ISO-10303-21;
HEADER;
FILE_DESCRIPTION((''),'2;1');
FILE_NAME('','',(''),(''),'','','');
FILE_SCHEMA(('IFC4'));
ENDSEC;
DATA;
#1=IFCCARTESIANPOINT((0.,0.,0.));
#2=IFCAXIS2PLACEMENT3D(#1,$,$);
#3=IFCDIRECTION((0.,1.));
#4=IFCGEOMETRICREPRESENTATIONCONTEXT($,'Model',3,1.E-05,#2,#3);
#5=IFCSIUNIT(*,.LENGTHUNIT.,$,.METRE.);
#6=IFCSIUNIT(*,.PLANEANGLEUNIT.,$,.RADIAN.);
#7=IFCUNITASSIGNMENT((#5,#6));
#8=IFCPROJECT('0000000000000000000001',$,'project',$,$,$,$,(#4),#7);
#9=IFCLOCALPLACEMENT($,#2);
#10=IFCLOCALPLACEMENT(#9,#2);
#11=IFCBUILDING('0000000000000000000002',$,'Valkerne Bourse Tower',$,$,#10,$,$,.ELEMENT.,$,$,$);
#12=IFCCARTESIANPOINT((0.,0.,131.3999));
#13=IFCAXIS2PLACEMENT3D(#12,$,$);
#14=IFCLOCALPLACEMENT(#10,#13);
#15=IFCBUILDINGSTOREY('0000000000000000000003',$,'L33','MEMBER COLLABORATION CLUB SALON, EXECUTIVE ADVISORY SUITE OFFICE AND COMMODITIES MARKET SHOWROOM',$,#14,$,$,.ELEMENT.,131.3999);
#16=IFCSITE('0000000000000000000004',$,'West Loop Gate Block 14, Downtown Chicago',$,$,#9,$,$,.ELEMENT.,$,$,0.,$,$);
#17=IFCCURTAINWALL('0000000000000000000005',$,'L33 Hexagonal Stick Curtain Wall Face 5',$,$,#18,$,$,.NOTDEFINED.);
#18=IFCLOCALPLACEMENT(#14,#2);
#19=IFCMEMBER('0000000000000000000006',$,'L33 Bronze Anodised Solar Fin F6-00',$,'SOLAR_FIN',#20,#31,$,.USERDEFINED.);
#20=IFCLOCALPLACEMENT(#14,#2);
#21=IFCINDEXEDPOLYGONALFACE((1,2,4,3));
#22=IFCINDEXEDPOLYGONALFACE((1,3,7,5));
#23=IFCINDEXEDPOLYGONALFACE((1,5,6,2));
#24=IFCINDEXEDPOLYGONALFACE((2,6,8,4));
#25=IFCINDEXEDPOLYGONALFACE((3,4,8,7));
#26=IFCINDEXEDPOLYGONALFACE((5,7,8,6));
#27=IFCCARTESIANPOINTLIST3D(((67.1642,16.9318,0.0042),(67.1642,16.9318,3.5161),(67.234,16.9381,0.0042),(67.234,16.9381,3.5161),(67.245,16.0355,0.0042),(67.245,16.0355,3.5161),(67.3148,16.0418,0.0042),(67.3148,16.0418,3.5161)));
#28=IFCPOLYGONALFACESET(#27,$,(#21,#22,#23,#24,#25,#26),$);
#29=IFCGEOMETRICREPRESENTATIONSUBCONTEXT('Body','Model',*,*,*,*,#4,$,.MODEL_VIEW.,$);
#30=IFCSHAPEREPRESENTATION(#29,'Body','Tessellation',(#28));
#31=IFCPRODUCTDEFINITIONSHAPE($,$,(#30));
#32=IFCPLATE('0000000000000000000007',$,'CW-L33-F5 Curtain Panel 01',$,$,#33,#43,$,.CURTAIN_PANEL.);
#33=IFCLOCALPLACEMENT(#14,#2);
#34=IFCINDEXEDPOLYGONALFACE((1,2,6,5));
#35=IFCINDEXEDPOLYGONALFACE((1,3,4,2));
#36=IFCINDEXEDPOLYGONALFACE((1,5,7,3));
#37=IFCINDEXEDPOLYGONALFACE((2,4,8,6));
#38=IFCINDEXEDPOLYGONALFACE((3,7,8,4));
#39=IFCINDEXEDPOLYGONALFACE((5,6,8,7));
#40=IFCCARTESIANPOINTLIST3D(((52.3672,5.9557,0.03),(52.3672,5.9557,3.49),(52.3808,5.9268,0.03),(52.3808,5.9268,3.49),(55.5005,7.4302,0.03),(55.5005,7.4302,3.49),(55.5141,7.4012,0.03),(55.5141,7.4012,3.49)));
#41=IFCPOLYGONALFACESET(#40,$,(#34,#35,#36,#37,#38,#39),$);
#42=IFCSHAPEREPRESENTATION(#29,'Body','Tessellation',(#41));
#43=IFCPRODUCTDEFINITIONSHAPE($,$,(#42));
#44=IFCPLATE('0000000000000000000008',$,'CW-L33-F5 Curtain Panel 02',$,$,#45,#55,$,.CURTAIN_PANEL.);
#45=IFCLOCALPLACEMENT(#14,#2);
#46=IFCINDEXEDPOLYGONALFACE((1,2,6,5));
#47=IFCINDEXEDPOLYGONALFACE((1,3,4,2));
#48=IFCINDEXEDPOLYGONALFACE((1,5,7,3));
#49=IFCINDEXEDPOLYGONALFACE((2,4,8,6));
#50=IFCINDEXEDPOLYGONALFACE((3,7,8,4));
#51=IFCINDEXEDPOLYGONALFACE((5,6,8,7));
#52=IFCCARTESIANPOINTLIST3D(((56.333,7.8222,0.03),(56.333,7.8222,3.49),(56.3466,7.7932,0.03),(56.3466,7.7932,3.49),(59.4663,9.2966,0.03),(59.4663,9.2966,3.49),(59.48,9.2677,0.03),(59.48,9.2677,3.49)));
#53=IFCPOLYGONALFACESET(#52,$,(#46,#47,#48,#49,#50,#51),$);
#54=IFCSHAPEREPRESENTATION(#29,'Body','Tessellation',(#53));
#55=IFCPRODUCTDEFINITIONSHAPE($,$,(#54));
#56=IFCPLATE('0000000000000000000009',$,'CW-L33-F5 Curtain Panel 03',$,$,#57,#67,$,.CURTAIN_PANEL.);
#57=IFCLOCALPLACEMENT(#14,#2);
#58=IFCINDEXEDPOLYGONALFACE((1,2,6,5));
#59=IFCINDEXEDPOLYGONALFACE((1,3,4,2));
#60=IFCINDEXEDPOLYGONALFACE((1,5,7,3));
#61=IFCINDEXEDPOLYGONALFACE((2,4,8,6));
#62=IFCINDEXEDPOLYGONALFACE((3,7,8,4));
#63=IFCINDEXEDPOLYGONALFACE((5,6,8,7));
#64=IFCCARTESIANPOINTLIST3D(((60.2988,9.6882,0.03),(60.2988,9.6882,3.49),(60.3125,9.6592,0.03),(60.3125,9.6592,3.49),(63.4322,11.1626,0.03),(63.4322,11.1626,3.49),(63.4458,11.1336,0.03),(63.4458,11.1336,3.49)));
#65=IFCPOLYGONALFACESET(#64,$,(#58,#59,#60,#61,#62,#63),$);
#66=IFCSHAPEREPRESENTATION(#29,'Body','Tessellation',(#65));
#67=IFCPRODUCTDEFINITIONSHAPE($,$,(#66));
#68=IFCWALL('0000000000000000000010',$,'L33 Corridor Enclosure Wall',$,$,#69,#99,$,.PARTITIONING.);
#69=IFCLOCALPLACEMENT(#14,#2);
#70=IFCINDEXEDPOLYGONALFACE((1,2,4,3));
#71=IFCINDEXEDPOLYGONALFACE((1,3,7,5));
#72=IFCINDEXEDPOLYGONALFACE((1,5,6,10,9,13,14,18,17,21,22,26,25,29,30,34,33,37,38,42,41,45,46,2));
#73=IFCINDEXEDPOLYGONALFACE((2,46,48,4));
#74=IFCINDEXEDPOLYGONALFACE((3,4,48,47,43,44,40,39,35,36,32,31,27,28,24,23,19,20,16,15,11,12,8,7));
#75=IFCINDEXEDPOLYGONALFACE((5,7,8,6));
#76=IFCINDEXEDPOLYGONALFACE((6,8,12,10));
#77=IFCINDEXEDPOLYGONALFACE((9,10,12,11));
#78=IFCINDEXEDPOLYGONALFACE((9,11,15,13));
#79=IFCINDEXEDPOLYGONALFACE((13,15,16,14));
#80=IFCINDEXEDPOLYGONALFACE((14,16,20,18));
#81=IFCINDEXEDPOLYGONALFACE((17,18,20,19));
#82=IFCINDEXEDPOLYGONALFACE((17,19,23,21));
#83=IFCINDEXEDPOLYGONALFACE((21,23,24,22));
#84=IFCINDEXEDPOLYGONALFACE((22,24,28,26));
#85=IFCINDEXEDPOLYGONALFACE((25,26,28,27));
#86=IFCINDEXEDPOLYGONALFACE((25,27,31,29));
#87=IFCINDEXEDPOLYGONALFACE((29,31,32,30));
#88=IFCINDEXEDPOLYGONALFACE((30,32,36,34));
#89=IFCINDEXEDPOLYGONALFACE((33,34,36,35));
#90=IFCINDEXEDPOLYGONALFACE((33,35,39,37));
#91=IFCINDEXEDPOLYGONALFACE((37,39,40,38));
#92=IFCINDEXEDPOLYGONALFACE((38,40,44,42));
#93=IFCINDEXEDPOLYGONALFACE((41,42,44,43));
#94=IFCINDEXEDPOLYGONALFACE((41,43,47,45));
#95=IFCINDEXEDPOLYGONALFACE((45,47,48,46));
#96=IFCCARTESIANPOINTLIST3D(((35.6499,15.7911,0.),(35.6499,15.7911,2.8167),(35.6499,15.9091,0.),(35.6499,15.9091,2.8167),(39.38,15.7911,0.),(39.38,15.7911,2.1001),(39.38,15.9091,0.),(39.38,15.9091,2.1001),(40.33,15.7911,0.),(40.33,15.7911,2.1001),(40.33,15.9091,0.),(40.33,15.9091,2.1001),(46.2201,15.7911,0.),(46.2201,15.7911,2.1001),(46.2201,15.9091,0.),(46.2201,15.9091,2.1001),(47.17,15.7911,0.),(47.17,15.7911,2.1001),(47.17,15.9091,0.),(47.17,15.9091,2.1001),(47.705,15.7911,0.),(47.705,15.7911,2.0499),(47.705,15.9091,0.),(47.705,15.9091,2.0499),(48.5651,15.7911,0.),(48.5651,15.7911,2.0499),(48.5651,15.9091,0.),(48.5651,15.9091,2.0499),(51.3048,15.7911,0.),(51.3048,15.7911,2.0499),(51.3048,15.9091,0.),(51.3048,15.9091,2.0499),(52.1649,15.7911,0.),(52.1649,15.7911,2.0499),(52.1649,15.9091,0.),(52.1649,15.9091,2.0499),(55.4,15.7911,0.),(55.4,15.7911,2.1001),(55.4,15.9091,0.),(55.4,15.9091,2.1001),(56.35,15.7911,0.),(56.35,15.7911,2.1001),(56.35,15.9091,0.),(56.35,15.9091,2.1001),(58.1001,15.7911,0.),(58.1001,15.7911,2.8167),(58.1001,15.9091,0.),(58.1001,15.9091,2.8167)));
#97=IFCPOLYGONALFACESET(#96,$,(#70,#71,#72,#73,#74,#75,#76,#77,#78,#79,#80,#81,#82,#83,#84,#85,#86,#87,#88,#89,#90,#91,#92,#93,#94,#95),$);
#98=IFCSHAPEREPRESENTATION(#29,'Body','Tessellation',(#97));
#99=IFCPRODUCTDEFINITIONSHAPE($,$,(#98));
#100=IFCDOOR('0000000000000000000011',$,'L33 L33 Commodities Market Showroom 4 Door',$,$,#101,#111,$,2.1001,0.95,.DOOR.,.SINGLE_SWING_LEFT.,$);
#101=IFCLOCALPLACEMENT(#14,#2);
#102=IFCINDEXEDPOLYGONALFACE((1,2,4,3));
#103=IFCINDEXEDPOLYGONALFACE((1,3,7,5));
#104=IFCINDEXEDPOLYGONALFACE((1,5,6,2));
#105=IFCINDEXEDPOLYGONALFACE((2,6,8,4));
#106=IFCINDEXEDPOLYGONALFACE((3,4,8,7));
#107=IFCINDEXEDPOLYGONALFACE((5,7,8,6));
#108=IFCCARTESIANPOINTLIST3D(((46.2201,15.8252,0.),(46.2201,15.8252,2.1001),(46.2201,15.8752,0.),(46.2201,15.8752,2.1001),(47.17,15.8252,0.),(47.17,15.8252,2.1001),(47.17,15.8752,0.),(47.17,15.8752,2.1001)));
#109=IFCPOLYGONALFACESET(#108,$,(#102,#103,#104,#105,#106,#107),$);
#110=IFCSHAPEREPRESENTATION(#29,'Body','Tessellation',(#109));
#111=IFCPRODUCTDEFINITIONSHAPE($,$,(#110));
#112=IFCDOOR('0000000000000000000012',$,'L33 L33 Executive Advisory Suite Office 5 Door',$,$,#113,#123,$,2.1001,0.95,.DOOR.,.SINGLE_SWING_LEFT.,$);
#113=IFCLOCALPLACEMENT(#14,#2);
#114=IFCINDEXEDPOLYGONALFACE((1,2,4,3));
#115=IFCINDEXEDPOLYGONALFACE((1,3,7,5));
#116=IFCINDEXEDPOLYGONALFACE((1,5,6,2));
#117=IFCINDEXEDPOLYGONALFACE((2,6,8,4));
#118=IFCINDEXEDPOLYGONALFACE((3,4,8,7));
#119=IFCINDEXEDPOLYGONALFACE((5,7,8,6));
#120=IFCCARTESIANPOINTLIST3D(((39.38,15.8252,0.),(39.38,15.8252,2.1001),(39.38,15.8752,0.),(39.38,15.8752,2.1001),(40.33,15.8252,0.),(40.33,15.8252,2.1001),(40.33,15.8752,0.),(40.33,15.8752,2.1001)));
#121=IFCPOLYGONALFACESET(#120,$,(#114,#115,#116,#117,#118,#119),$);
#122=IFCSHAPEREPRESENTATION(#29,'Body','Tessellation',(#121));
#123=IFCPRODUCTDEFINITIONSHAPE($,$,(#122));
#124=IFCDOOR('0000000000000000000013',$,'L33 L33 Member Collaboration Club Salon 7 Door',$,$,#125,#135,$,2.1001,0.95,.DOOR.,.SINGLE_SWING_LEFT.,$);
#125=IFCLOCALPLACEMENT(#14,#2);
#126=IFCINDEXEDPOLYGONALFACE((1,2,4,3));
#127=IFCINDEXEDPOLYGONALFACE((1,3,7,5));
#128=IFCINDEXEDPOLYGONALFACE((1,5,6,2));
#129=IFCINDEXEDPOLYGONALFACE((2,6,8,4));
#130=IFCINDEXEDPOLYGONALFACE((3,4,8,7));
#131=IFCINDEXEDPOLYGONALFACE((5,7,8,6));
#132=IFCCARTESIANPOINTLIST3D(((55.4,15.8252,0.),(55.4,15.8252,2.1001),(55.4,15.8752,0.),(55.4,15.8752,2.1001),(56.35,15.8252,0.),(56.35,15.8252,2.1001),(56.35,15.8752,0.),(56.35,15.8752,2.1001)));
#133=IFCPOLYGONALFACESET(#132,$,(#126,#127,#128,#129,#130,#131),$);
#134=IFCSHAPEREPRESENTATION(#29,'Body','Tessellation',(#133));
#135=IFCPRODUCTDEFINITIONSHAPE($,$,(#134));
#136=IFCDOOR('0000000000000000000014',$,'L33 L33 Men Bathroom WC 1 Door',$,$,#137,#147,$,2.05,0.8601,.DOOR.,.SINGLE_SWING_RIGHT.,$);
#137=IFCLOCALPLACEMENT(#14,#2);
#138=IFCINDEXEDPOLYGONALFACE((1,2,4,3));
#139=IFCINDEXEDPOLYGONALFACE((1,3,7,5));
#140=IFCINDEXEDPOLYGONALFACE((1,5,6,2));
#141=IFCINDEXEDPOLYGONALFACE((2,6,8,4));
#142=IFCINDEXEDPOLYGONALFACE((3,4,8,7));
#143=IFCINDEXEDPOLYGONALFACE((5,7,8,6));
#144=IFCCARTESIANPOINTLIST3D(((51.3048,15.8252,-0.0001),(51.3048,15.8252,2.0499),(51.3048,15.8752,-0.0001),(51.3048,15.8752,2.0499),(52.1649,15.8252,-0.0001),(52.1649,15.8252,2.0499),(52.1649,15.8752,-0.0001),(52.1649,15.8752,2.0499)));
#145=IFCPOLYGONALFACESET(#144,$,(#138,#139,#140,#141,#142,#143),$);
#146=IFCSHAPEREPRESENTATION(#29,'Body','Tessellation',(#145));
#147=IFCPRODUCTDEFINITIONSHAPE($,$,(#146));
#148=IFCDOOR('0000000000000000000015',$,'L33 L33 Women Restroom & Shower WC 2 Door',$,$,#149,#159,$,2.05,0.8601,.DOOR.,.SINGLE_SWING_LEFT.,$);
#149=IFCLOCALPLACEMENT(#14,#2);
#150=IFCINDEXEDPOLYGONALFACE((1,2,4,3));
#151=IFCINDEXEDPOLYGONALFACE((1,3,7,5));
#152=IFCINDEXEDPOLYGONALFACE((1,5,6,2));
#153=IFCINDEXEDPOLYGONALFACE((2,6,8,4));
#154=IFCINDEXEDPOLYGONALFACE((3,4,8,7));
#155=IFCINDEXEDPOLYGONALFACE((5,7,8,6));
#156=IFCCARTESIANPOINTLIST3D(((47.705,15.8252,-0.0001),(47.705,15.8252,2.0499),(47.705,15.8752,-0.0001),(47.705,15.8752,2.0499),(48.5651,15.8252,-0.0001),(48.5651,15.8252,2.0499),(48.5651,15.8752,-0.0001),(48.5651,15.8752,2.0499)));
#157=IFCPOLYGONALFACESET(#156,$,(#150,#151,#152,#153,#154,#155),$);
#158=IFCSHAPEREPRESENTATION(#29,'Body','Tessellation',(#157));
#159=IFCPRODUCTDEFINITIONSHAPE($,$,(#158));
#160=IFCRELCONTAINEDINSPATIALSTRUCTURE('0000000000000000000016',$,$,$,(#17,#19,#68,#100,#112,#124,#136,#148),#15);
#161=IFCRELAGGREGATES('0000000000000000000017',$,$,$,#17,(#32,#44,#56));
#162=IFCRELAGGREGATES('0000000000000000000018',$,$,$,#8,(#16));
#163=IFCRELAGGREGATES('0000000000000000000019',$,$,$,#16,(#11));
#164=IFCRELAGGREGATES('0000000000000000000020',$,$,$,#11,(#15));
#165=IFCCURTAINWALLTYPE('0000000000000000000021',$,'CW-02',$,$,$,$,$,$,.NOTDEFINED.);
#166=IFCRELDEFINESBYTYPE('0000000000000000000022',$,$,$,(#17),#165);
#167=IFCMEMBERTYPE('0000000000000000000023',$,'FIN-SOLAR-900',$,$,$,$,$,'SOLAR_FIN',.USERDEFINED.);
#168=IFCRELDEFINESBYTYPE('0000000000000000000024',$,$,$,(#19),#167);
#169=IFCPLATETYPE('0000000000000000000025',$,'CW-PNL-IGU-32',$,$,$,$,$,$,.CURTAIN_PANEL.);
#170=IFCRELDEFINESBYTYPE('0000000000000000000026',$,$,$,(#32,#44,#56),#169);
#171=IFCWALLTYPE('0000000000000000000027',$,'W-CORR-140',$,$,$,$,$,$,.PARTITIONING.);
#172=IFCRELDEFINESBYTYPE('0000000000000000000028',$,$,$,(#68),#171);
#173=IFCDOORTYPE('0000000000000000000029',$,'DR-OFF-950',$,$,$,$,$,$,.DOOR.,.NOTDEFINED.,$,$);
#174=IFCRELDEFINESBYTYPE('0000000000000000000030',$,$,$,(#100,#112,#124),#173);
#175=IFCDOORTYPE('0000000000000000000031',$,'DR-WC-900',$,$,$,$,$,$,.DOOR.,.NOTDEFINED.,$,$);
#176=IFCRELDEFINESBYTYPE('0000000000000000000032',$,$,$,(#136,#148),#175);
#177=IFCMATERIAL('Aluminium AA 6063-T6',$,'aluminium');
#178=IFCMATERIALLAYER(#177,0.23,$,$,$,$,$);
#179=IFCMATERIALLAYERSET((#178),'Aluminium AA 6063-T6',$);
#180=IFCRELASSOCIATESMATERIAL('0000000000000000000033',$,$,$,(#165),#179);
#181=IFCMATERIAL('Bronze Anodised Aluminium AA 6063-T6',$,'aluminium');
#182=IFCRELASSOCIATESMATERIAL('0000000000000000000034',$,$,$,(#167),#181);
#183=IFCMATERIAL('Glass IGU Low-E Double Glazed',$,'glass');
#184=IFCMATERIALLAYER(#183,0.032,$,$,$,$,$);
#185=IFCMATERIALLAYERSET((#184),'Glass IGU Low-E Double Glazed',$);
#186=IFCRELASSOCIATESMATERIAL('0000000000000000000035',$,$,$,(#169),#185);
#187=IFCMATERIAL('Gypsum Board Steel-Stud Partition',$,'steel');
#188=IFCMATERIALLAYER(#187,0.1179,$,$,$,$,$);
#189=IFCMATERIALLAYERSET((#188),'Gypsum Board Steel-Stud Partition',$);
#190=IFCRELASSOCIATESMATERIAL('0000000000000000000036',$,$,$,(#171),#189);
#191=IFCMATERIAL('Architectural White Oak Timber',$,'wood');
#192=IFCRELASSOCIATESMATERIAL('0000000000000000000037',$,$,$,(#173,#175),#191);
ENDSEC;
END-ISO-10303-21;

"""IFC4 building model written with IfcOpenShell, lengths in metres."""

from ifc_helpers import new_model, si_unit, direction, frame, frame_2d, origin, origin_2d, place, context, subcontext, project, spatial, rectangle, extrude, material, layer, layer_set, material_profile, profile_set, type_object, element, fill, aggregate, save


model = new_model("IFC4")

# Units and contexts
model_context = context("Model", 3, precision=1e-05, world=origin(), true_north=direction((0.0, 1.0)))
body_context = subcontext(model_context, "Body", "Model", "MODEL_VIEW")
ifc_project = project(units=[si_unit("LENGTHUNIT", "METRE"), si_unit("PLANEANGLEUNIT", "RADIAN")], contexts=[model_context])

# Site, building, storey
site_placement = place(None, origin())
site = spatial("IfcSite", under=ifc_project, at=site_placement, Name="West Loop Gate Block 14, Downtown Chicago", CompositionType="ELEMENT", RefElevation=0.0)
building_placement = place(site_placement, origin())
building = spatial("IfcBuilding", under=site, at=building_placement, Name="Valkerne Bourse Tower", CompositionType="ELEMENT")
storey_placement = place(building_placement, frame((0.0, 0.0, 131.3999)))
storey = spatial("IfcBuildingStorey", under=building, at=storey_placement, Name="L33", Description="MEMBER COLLABORATION CLUB SALON, EXECUTIVE ADVISORY SUITE OFFICE AND COMMODITIES MARKET SHOWROOM", CompositionType="ELEMENT", Elevation=131.3999)

# Curtain wall
ifc_material_1 = material(Name="Aluminium AA 6063-T6", Category="aluminium")
ifc_layer_1 = layer(ifc_material_1, 0.23)
ifc_layer_set_1 = layer_set([ifc_layer_1], Name="Aluminium AA 6063-T6")
curtain_wall_type = type_object("IfcCurtainWallType", Name="CW-02", PredefinedType="NOTDEFINED", material=ifc_layer_set_1)
curtain_wall_1_placement = place(storey_placement, origin())
curtain_wall_1 = element("IfcCurtainWall", 1, at=curtain_wall_1_placement, inside=storey, type_object=curtain_wall_type, Name="L33 Hexagonal Stick Curtain Wall Face 5", PredefinedType="NOTDEFINED")

# Member
ifc_material_2 = material(Name="Bronze Anodised Aluminium AA 6063-T6", Category="aluminium")
ifc_material_profile_1 = material_profile(ifc_material_2, rectangle(XDim=0.0701, YDim=0.8999, at=origin_2d()), Name="FIN-70X900")
ifc_profile_set_1 = profile_set([ifc_material_profile_1], Name="Bronze Anodised Aluminium AA 6063-T6")
member_type_1 = type_object("IfcMemberType", Name="FIN-SOLAR-900", ElementType="SOLAR_FIN", PredefinedType="USERDEFINED", material=ifc_profile_set_1)
for number, where, z_axis, x_axis, name in (
    (2, (67.2395, 16.4868, 0.0042), (0.0, 0.0, 1.0), (0.995962, 0.089776, 0.0), "L33 Bronze Anodised Solar Fin F6-00"),
):
    element("IfcMember", number, at=place(storey_placement, frame(where, z_axis=z_axis, x_axis=x_axis)), inside=storey, type_object=member_type_1, Name=name, ObjectType="SOLAR_FIN", PredefinedType="USERDEFINED", context=body_context, shape_type="SweptSolid", body=[
        extrude(rectangle(XDim=0.0701, YDim=0.8999, at=origin_2d()), origin(), (0.0, 0.0, 1.0), 3.512),
    ])

# Plates
ifc_material_3 = material(Name="Glass IGU Low-E Double Glazed", Category="glass")
ifc_layer_2 = layer(ifc_material_3, 0.032)
ifc_layer_set_2 = layer_set([ifc_layer_2], Name="Glass IGU Low-E Double Glazed")
plate_type = type_object("IfcPlateType", Name="CW-PNL-IGU-32", PredefinedType="CURTAIN_PANEL", material=ifc_layer_set_2)
plate_1_placement = place(storey_placement, frame((53.9407, 6.6785, 0.03), z_axis=(0.0, 0.0, 1.0), x_axis=(0.904824, 0.425786, 0.0)))
plate_1 = element("IfcPlate", 3, at=plate_1_placement, type_object=plate_type, Name="CW-L33-F5 Curtain Panel 01", PredefinedType="CURTAIN_PANEL", context=body_context, shape_type="SweptSolid", body=[
    extrude(rectangle(XDim=3.4629, YDim=0.032, at=origin_2d()), origin(), (0.0, 0.0, 1.0), 3.46),
])
plate_2_placement = place(storey_placement, frame((57.9065, 8.5449, 0.03), z_axis=(0.0, 0.0, 1.0), x_axis=(0.904828, 0.425777, 0.0)))
plate_2 = element("IfcPlate", 4, at=plate_2_placement, type_object=plate_type, Name="CW-L33-F5 Curtain Panel 02", PredefinedType="CURTAIN_PANEL", context=body_context, shape_type="SweptSolid", body=[
    extrude(rectangle(XDim=3.4629, YDim=0.032, at=origin_2d()), origin(), (0.0, 0.0, 1.0), 3.46),
])
plate_3_placement = place(storey_placement, frame((61.8723, 10.4109, 0.03), z_axis=(0.0, 0.0, 1.0), x_axis=(0.904833, 0.425767, 0.0)))
plate_3 = element("IfcPlate", 5, at=plate_3_placement, type_object=plate_type, Name="CW-L33-F5 Curtain Panel 03", PredefinedType="CURTAIN_PANEL", context=body_context, shape_type="SweptSolid", body=[
    extrude(rectangle(XDim=3.4629, YDim=0.032, at=origin_2d()), origin(), (0.0, 0.0, 1.0), 3.46),
])
aggregate(curtain_wall_1, [plate_1, plate_2, plate_3])

# Wall, openings, doors
ifc_material_4 = material(Name="Gypsum Board Steel-Stud Partition", Category="steel")
ifc_layer_3 = layer(ifc_material_4, 0.1179)
ifc_layer_set_3 = layer_set([ifc_layer_3], Name="Gypsum Board Steel-Stud Partition")
wall_type_1 = type_object("IfcWallType", Name="W-CORR-140", PredefinedType="PARTITIONING", material=ifc_layer_set_3)
wall_1_placement = place(storey_placement, frame((58.1001, 15.8501, 0.0), z_axis=(0.0, 0.0, 1.0), x_axis=(-1.0, 0.0, 0.0)))
wall_1 = element("IfcWall", 6, at=wall_1_placement, inside=storey, type_object=wall_type_1, Name="L33 Corridor Enclosure Wall", PredefinedType="PARTITIONING", context=body_context, shape_type="SweptSolid", body=[
    extrude(rectangle(XDim=22.4502, YDim=0.1179, at=frame_2d((11.2251, 0.0))), origin(), (0.0, 0.0, 1.0), 2.8167),
])
opening_1_placement = place(wall_1_placement, frame((5.9351, 0.0, 0.0)))
opening_1 = element("IfcOpeningElement", 7, at=opening_1_placement, cuts=wall_1, PredefinedType="OPENING", context=body_context, shape_type="SweptSolid", body=[
    extrude(rectangle(XDim=0.8601, YDim=2.05, at=frame_2d((0.4302, 1.0249))), frame((0.0, 0.0688, 0.0), z_axis=(0.0, -1.0, 0.0), x_axis=(1.0, 0.0, 0.0)), (0.0, 0.0, 1.0), 0.1379),
])
opening_2_placement = place(wall_1_placement, frame((9.5349, 0.0, 0.0)))
opening_2 = element("IfcOpeningElement", 8, at=opening_2_placement, cuts=wall_1, PredefinedType="OPENING", context=body_context, shape_type="SweptSolid", body=[
    extrude(rectangle(XDim=0.8601, YDim=2.05, at=frame_2d((0.4302, 1.0249))), frame((0.0, 0.0688, 0.0), z_axis=(0.0, -1.0, 0.0), x_axis=(1.0, 0.0, 0.0)), (0.0, 0.0, 1.0), 0.1379),
])
opening_3_placement = place(wall_1_placement, frame((10.9299, 0.0, 0.0)))
opening_3 = element("IfcOpeningElement", 9, at=opening_3_placement, cuts=wall_1, PredefinedType="OPENING", context=body_context, shape_type="SweptSolid", body=[
    extrude(rectangle(XDim=0.95, YDim=2.1001, at=frame_2d((0.4751, 1.05))), frame((0.0, 0.0688, 0.0), z_axis=(0.0, -1.0, 0.0), x_axis=(1.0, 0.0, 0.0)), (0.0, 0.0, 1.0), 0.1379),
])
opening_4_placement = place(wall_1_placement, frame((17.77, 0.0, 0.0)))
opening_4 = element("IfcOpeningElement", 10, at=opening_4_placement, cuts=wall_1, PredefinedType="OPENING", context=body_context, shape_type="SweptSolid", body=[
    extrude(rectangle(XDim=0.95, YDim=2.1001, at=frame_2d((0.4751, 1.05))), frame((0.0, 0.0688, 0.0), z_axis=(0.0, -1.0, 0.0), x_axis=(1.0, 0.0, 0.0)), (0.0, 0.0, 1.0), 0.1379),
])
opening_5_placement = place(wall_1_placement, frame((1.75, 0.0, 0.0)))
opening_5 = element("IfcOpeningElement", 11, at=opening_5_placement, cuts=wall_1, PredefinedType="OPENING", context=body_context, shape_type="SweptSolid", body=[
    extrude(rectangle(XDim=0.95, YDim=2.1001, at=frame_2d((0.4751, 1.05))), frame((0.0, 0.0688, 0.0), z_axis=(0.0, -1.0, 0.0), x_axis=(1.0, 0.0, 0.0)), (0.0, 0.0, 1.0), 0.1379),
])
ifc_material_5 = material(Name="Architectural White Oak Timber", Category="wood")
door_type_1 = type_object("IfcDoorType", Name="DR-OFF-950", OperationType="NOTDEFINED", PredefinedType="DOOR", material=ifc_material_5)
door_1_placement = place(opening_3_placement, origin())
door_1 = element("IfcDoor", 12, at=door_1_placement, inside=storey, type_object=door_type_1, Name="L33 L33 Commodities Market Showroom 4 Door", OperationType="SINGLE_SWING_LEFT", OverallHeight=2.1001, OverallWidth=0.95, PredefinedType="DOOR", context=body_context, shape_type="SweptSolid", body=[
    extrude(rectangle(XDim=0.95, YDim=2.1001, at=frame_2d((0.4751, 1.05))), frame((0.0, 0.0249, 0.0), z_axis=(0.0, -1.0, 0.0), x_axis=(1.0, 0.0, 0.0)), (0.0, 0.0, 1.0), 0.05),
])
fill(opening_3, door_1)
door_2_placement = place(opening_4_placement, origin())
door_2 = element("IfcDoor", 13, at=door_2_placement, inside=storey, type_object=door_type_1, Name="L33 L33 Executive Advisory Suite Office 5 Door", OperationType="SINGLE_SWING_LEFT", OverallHeight=2.1001, OverallWidth=0.95, PredefinedType="DOOR", context=body_context, shape_type="SweptSolid", body=[
    extrude(rectangle(XDim=0.95, YDim=2.1001, at=frame_2d((0.4751, 1.05))), frame((0.0, 0.0249, 0.0), z_axis=(0.0, -1.0, 0.0), x_axis=(1.0, 0.0, 0.0)), (0.0, 0.0, 1.0), 0.05),
])
fill(opening_4, door_2)
door_3_placement = place(opening_5_placement, origin())
door_3 = element("IfcDoor", 14, at=door_3_placement, inside=storey, type_object=door_type_1, Name="L33 L33 Member Collaboration Club Salon 7 Door", OperationType="SINGLE_SWING_LEFT", OverallHeight=2.1001, OverallWidth=0.95, PredefinedType="DOOR", context=body_context, shape_type="SweptSolid", body=[
    extrude(rectangle(XDim=0.95, YDim=2.1001, at=frame_2d((0.4751, 1.05))), frame((0.0, 0.0249, 0.0), z_axis=(0.0, -1.0, 0.0), x_axis=(1.0, 0.0, 0.0)), (0.0, 0.0, 1.0), 0.05),
])
fill(opening_5, door_3)
door_type_2 = type_object("IfcDoorType", Name="DR-WC-900", OperationType="NOTDEFINED", PredefinedType="DOOR", material=ifc_material_5)
door_4_placement = place(opening_1_placement, origin())
door_4 = element("IfcDoor", 15, at=door_4_placement, inside=storey, type_object=door_type_2, Name="L33 L33 Men Bathroom WC 1 Door", OperationType="SINGLE_SWING_RIGHT", OverallHeight=2.05, OverallWidth=0.8601, PredefinedType="DOOR", context=body_context, shape_type="SweptSolid", body=[
    extrude(rectangle(XDim=0.8601, YDim=2.05, at=frame_2d((0.4302, 1.0249))), frame((0.0, 0.0249, 0.0), z_axis=(0.0, -1.0, 0.0), x_axis=(1.0, 0.0, 0.0)), (0.0, 0.0, 1.0), 0.05),
])
fill(opening_1, door_4)
door_5_placement = place(opening_2_placement, origin())
door_5 = element("IfcDoor", 16, at=door_5_placement, inside=storey, type_object=door_type_2, Name="L33 L33 Women Restroom & Shower WC 2 Door", OperationType="SINGLE_SWING_LEFT", OverallHeight=2.05, OverallWidth=0.8601, PredefinedType="DOOR", context=body_context, shape_type="SweptSolid", body=[
    extrude(rectangle(XDim=0.8601, YDim=2.05, at=frame_2d((0.4302, 1.0249))), frame((0.0, 0.0249, 0.0), z_axis=(0.0, -1.0, 0.0), x_axis=(1.0, 0.0, 0.0)), (0.0, 0.0, 1.0), 0.05),
])
fill(opening_2, door_5)

save(model, "model.ifc")
